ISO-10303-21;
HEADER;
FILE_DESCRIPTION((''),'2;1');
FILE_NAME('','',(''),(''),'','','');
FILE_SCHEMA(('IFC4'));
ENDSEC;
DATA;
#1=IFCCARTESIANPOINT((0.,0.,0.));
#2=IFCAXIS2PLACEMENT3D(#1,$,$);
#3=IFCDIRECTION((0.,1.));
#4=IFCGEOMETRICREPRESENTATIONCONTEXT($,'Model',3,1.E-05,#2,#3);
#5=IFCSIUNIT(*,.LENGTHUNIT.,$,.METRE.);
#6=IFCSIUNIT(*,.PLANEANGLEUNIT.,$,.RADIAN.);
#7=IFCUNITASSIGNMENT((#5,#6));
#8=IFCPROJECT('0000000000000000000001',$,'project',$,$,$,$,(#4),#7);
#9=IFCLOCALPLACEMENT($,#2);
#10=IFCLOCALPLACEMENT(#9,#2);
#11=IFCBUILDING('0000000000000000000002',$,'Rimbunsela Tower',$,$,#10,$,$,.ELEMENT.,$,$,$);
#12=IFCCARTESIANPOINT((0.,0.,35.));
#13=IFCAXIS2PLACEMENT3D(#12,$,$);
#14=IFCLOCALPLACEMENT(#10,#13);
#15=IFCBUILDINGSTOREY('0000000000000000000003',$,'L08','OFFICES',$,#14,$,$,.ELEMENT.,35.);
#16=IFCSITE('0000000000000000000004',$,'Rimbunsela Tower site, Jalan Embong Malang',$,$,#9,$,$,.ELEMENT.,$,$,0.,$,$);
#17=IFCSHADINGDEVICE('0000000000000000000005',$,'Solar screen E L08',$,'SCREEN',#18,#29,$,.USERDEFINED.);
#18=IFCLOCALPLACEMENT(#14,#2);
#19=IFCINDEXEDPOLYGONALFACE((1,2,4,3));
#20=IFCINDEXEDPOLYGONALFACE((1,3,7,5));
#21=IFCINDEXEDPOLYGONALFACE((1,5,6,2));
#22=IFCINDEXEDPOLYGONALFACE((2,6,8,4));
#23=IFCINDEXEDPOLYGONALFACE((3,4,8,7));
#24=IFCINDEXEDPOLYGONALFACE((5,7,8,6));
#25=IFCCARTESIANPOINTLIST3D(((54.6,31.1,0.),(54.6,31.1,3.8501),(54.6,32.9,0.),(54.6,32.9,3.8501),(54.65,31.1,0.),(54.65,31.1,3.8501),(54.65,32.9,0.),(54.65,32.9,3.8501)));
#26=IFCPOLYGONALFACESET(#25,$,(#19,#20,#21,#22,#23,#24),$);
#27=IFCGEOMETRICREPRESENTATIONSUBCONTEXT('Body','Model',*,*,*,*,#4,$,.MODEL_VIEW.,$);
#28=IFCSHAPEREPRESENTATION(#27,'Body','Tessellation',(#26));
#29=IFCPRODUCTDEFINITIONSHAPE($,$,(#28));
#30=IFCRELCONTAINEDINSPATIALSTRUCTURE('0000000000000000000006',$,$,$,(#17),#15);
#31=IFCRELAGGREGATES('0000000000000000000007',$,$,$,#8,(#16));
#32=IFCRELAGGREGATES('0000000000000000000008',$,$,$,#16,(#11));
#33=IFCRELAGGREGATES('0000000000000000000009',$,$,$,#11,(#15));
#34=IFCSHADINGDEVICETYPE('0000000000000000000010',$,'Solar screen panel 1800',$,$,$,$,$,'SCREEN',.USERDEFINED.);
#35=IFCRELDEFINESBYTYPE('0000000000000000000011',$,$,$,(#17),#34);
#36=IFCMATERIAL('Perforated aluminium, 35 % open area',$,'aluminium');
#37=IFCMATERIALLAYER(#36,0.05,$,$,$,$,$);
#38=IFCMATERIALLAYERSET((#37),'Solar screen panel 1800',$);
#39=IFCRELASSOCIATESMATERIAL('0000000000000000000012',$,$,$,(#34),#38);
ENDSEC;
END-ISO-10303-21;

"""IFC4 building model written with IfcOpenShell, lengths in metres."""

from ifc_helpers import new_model, si_unit, direction, frame, origin, origin_2d, place, context, subcontext, project, spatial, rectangle, extrude, material, layer, layer_set, type_object, element, save


model = new_model("IFC4")

# Units and contexts
model_context = context("Model", 3, precision=1e-05, world=origin(), true_north=direction((0.0, 1.0)))
body_context = subcontext(model_context, "Body", "Model", "MODEL_VIEW")
ifc_project = project(units=[si_unit("LENGTHUNIT", "METRE"), si_unit("PLANEANGLEUNIT", "RADIAN")], contexts=[model_context])

# Site, building, storey
site_placement = place(None, origin())
site = spatial("IfcSite", under=ifc_project, at=site_placement, Name="Rimbunsela Tower site, Jalan Embong Malang", CompositionType="ELEMENT", RefElevation=0.0)
building_placement = place(site_placement, origin())
building = spatial("IfcBuilding", under=site, at=building_placement, Name="Rimbunsela Tower", CompositionType="ELEMENT")
storey_placement = place(building_placement, frame((0.0, 0.0, 35.0)))
storey = spatial("IfcBuildingStorey", under=building, at=storey_placement, Name="L08", Description="OFFICES", CompositionType="ELEMENT", Elevation=35.0)

# Shading device
ifc_material_1 = material(Name="Perforated aluminium, 35 % open area", Category="aluminium")
ifc_layer_1 = layer(ifc_material_1, 0.05)
ifc_layer_set_1 = layer_set([ifc_layer_1], Name="Solar screen panel 1800")
shading_device_type = type_object("IfcShadingDeviceType", Name="Solar screen panel 1800", ElementType="SCREEN", PredefinedType="USERDEFINED", material=ifc_layer_set_1)
for number, where, z_axis, x_axis, name in (
    (1, (54.625, 32.0, 0.0), (0.0, 0.0, 1.0), (0.0, 1.0, 0.0), "Solar screen E L08"),
):
    element("IfcShadingDevice", number, at=place(storey_placement, frame(where, z_axis=z_axis, x_axis=x_axis)), inside=storey, type_object=shading_device_type, Name=name, ObjectType="SCREEN", PredefinedType="USERDEFINED", context=body_context, shape_type="SweptSolid", body=[
        extrude(rectangle(XDim=1.8, YDim=0.05, at=origin_2d()), origin(), (0.0, 0.0, 1.0), 3.8501),
    ])

save(model, "model.ifc")
